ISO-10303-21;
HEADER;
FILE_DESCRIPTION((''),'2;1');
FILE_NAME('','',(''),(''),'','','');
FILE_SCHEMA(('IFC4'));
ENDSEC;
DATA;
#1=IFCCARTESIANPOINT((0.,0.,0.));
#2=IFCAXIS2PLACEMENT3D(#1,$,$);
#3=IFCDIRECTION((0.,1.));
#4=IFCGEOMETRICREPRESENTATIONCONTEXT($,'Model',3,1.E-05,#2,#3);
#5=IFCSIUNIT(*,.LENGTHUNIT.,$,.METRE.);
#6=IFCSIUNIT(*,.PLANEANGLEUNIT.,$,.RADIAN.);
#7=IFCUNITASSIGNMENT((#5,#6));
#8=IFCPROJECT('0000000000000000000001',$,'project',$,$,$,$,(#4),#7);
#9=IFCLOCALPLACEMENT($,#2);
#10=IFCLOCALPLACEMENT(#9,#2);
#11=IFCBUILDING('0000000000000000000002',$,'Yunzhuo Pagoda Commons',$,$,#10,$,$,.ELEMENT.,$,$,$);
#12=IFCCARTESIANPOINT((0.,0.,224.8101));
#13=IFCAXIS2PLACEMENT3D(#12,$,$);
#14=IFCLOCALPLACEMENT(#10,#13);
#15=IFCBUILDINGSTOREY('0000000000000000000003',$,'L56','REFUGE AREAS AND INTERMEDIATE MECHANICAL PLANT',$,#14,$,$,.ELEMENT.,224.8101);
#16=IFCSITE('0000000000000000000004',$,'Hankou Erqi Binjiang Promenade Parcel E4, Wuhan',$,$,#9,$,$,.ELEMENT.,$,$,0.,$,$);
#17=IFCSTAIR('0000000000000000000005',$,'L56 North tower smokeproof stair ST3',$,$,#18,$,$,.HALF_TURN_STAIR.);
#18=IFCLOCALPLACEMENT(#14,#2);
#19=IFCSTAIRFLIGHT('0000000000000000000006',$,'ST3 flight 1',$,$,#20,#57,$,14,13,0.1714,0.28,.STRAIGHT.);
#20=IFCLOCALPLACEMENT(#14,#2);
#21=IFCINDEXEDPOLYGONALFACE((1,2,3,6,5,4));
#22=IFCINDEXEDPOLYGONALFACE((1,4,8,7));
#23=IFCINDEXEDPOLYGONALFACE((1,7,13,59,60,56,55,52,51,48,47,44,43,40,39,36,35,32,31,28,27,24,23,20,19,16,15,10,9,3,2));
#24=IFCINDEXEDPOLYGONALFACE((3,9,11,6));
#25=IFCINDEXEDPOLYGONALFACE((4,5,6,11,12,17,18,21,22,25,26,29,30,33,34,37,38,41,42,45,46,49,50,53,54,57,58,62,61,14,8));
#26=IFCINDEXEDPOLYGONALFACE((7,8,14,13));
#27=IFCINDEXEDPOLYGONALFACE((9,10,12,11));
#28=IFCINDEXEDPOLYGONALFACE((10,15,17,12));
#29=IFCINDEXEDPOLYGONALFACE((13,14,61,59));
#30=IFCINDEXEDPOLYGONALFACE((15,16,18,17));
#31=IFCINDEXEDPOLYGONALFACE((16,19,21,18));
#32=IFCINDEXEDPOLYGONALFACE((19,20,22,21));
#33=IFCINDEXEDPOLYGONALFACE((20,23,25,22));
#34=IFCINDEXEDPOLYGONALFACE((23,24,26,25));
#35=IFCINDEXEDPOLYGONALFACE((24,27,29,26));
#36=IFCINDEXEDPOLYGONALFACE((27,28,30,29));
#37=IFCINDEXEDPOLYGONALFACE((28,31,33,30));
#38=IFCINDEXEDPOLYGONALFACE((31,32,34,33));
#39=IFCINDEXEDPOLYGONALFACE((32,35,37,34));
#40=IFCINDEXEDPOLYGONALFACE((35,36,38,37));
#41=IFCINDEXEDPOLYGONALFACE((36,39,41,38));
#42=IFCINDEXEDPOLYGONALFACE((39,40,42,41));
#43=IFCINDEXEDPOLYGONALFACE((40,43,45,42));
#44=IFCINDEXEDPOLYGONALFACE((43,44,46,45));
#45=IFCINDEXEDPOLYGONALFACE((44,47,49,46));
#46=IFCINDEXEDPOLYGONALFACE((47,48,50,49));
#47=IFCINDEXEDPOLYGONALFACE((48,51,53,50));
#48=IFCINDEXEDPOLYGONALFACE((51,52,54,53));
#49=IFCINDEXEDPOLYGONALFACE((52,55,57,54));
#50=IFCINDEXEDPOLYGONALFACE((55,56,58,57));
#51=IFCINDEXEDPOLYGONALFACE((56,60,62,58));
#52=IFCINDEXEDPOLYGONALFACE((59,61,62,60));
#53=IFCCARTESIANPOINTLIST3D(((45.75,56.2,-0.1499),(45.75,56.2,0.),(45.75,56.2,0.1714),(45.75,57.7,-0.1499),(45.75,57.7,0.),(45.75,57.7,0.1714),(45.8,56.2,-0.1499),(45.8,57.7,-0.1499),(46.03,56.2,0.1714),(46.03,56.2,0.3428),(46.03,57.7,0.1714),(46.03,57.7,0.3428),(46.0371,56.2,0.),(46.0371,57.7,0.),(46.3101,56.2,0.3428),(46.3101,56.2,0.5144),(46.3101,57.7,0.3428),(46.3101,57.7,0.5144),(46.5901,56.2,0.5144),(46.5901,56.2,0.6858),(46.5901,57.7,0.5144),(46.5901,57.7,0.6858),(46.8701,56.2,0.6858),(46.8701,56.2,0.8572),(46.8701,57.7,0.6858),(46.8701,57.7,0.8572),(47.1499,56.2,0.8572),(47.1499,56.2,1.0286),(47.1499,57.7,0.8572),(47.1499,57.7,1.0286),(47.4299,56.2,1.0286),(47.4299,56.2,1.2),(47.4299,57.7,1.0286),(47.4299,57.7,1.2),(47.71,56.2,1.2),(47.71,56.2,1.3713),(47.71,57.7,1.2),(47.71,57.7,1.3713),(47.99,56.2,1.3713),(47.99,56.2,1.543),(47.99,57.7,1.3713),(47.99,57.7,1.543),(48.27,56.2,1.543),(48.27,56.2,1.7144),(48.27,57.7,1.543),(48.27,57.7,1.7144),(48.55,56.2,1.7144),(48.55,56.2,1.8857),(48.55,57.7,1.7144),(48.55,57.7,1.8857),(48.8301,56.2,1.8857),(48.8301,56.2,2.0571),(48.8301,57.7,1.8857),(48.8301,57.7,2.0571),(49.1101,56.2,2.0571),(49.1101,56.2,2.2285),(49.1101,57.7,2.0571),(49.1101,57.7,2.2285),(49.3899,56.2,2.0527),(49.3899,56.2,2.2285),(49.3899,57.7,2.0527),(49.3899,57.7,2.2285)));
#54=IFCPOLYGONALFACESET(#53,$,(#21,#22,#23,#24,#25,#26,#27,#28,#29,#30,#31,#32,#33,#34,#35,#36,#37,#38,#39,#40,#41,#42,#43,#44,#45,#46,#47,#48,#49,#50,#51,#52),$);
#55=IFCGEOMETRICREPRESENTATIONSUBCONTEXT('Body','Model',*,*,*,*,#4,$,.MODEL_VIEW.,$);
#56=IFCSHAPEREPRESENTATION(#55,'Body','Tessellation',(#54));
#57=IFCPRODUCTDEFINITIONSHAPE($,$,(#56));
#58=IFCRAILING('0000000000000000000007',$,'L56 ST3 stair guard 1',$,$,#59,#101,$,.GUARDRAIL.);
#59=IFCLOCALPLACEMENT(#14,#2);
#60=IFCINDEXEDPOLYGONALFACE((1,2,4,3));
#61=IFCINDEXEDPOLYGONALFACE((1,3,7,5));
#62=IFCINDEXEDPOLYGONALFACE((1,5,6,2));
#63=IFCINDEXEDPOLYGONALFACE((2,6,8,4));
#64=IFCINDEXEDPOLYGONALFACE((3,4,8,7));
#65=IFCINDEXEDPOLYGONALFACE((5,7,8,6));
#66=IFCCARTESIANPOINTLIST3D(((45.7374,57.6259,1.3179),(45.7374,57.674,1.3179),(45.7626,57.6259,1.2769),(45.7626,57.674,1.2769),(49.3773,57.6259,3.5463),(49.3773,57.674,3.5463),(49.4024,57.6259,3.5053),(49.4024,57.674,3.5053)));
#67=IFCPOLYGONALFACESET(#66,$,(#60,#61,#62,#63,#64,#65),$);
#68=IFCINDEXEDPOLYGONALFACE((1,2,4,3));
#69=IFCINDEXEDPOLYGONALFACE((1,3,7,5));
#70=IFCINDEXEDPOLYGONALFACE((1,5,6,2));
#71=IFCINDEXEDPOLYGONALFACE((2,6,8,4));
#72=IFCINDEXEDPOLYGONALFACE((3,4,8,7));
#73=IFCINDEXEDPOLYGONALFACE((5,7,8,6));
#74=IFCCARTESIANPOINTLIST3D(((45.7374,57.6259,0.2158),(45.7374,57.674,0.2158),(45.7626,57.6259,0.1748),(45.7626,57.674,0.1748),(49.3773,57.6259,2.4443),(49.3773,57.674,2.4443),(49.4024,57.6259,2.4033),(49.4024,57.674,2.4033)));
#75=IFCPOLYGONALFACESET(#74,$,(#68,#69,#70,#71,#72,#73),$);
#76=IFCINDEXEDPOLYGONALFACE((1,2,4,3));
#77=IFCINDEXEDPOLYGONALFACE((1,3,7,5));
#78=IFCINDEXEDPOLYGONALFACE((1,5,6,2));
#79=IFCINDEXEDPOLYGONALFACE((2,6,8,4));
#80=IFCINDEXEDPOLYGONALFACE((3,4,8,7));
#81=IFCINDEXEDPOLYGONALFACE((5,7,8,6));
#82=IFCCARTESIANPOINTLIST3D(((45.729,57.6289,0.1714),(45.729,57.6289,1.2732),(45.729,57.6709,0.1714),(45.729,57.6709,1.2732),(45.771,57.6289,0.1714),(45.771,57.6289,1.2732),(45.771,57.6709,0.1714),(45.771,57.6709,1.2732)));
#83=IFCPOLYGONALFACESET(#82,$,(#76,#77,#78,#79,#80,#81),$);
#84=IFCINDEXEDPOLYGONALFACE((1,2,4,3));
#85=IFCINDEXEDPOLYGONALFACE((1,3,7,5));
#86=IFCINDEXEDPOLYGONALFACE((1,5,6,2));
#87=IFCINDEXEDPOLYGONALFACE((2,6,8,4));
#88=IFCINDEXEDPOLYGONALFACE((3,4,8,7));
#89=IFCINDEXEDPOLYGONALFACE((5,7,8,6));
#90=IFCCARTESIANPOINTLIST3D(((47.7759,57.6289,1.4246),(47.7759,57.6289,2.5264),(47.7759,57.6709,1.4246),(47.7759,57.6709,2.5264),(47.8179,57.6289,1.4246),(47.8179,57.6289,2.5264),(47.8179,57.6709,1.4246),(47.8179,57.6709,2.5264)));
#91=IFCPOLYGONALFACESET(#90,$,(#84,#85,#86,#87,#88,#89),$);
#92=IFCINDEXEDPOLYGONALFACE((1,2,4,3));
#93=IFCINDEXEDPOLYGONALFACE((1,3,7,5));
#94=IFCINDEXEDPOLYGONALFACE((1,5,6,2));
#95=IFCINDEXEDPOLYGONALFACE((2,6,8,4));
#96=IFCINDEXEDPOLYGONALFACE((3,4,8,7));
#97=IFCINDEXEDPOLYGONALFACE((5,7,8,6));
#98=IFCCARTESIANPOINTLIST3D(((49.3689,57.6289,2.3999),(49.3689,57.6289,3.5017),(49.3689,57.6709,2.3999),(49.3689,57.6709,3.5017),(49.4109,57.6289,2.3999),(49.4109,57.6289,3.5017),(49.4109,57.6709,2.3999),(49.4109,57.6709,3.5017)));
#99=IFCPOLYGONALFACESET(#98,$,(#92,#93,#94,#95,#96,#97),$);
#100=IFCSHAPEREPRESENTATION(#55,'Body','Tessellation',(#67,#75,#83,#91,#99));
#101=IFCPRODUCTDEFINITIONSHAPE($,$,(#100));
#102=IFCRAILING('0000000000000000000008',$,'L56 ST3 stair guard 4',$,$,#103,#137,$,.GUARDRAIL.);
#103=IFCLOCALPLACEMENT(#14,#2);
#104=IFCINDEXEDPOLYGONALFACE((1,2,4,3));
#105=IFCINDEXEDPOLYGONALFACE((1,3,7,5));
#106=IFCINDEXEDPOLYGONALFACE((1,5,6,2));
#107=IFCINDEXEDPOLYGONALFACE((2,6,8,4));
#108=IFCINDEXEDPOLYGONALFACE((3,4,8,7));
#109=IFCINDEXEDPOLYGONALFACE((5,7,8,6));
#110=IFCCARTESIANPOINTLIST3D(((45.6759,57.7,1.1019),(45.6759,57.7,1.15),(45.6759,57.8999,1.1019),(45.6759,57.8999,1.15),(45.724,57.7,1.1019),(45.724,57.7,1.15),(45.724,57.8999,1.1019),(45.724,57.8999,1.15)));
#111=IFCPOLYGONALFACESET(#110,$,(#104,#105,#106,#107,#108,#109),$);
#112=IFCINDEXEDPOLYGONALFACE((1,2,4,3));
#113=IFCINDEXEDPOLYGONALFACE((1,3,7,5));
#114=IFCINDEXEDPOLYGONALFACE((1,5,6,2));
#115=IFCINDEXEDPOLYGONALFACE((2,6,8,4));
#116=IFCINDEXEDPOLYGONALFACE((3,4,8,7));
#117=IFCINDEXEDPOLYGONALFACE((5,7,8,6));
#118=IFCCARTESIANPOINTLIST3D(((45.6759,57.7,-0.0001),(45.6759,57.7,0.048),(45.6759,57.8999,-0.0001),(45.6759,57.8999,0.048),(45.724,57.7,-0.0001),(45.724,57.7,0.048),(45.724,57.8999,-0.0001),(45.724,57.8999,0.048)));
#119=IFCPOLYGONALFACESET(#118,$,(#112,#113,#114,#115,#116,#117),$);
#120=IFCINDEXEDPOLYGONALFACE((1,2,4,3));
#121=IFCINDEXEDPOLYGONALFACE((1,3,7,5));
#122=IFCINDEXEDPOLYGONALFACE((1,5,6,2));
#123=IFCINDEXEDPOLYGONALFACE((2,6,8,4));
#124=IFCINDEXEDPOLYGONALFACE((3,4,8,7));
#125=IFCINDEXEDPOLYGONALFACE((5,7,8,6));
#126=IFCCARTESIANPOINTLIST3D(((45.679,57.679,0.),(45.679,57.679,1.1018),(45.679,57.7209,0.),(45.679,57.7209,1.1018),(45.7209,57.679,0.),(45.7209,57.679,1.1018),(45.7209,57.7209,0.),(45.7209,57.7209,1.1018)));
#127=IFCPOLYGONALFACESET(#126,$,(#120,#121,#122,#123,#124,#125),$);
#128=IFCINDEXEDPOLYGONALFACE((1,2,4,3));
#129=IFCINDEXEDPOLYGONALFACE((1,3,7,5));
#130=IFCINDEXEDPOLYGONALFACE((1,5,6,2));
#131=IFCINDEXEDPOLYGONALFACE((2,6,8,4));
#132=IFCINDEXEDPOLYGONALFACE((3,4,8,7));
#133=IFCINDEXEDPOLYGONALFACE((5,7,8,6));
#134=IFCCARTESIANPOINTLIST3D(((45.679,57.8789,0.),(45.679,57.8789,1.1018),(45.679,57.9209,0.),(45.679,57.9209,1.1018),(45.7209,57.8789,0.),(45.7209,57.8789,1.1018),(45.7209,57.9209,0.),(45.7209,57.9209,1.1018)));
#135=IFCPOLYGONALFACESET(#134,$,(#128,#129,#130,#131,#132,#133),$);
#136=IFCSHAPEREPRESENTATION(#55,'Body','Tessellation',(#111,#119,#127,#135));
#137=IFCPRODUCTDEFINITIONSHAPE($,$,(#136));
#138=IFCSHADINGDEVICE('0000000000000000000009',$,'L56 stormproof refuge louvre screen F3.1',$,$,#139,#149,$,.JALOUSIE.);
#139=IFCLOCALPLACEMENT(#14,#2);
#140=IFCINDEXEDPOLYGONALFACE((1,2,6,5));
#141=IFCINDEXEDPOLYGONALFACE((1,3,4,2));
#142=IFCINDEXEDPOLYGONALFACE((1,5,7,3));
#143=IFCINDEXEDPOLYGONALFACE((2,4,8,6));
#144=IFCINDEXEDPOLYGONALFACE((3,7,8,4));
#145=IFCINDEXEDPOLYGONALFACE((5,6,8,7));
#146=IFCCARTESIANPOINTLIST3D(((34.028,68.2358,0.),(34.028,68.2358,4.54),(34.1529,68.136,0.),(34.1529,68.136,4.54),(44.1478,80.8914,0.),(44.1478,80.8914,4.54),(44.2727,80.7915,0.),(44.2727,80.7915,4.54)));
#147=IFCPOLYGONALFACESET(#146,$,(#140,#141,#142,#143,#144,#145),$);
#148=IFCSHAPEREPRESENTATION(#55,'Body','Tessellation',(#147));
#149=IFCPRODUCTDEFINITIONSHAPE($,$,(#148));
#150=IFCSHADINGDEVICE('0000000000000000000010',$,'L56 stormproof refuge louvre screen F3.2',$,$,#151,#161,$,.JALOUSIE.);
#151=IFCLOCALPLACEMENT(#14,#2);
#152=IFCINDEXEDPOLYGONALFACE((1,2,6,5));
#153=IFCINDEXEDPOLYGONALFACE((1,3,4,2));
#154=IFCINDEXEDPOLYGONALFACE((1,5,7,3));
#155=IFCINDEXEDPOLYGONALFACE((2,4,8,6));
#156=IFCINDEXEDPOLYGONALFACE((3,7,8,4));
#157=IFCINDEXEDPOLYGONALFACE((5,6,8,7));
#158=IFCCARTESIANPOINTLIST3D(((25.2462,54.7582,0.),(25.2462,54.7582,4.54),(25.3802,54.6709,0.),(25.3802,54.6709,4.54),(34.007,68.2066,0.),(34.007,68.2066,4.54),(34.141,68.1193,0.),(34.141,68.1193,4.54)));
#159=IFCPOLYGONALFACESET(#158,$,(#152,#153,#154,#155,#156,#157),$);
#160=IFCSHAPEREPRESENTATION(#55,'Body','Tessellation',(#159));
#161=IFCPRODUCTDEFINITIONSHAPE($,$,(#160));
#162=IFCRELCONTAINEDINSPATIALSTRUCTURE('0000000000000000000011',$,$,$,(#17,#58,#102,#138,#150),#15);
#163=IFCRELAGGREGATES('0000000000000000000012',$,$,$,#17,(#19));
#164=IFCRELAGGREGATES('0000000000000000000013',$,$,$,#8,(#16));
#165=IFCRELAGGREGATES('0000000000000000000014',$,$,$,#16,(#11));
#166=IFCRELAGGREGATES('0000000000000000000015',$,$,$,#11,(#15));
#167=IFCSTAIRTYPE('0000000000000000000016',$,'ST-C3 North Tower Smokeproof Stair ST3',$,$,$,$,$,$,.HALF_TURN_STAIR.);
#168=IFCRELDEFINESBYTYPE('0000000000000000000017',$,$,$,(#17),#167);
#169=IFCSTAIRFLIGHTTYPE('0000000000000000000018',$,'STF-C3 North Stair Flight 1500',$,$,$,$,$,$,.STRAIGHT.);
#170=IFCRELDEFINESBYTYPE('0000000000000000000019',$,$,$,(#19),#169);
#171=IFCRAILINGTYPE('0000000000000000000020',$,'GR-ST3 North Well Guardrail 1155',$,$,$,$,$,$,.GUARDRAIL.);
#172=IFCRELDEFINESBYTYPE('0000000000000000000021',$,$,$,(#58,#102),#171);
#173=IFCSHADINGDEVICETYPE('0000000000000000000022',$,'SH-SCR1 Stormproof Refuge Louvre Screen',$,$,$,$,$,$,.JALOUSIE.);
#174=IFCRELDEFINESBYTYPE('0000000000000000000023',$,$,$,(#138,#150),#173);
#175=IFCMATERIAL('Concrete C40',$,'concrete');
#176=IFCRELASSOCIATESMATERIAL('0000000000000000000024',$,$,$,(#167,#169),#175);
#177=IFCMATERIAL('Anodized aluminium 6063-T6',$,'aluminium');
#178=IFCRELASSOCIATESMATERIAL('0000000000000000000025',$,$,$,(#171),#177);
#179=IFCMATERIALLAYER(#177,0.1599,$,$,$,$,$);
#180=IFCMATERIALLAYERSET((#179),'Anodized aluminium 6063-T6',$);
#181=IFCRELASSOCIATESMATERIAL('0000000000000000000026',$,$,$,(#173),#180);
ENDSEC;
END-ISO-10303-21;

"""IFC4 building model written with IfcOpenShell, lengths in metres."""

from ifc_helpers import new_model, si_unit, direction, frame, origin, origin_2d, place, context, subcontext, project, spatial, polyline, rectangle, outline, extrude, source, transform, mapped, material, layer, layer_set, type_object, element, aggregate, save


model = new_model("IFC4")

# Units and contexts
model_context = context("Model", 3, precision=1e-05, world=origin(), true_north=direction((0.0, 1.0)))
body_context = subcontext(model_context, "Body", "Model", "MODEL_VIEW")
ifc_project = project(units=[si_unit("LENGTHUNIT", "METRE"), si_unit("PLANEANGLEUNIT", "RADIAN")], contexts=[model_context])

# Site, building, storey
site_placement = place(None, origin())
site = spatial("IfcSite", under=ifc_project, at=site_placement, Name="Hankou Erqi Binjiang Promenade Parcel E4, Wuhan", CompositionType="ELEMENT", RefElevation=0.0)
building_placement = place(site_placement, origin())
building = spatial("IfcBuilding", under=site, at=building_placement, Name="Yunzhuo Pagoda Commons", CompositionType="ELEMENT")
storey_placement = place(building_placement, frame((0.0, 0.0, 224.8101)))
storey = spatial("IfcBuildingStorey", under=building, at=storey_placement, Name="L56", Description="REFUGE AREAS AND INTERMEDIATE MECHANICAL PLANT", CompositionType="ELEMENT", Elevation=224.8101)

# Stair, stair flight
ifc_material_1 = material(Name="Concrete C40", Category="concrete")
stair_type = type_object("IfcStairType", Name="ST-C3 North Tower Smokeproof Stair ST3", PredefinedType="HALF_TURN_STAIR", material=ifc_material_1)
stair_placement = place(storey_placement, origin())
stair = element("IfcStair", 1, at=stair_placement, inside=storey, type_object=stair_type, Name="L56 North tower smokeproof stair ST3", PredefinedType="HALF_TURN_STAIR")
stair_flight_type = type_object("IfcStairFlightType", Name="STF-C3 North Stair Flight 1500", PredefinedType="STRAIGHT", material=ifc_material_1)
shared_shape_1 = source(origin(), body_context, "Body", "SweptSolid", [
    extrude(outline(polyline([(0.0, -0.1499), (0.0, 0.0), (0.0, 0.1714), (0.28, 0.1714), (0.28, 0.3428), (0.5601, 0.3428), (0.5601, 0.5144), (0.8401, 0.5144), (0.8401, 0.6858), (1.1201, 0.6858), (1.1201, 0.8572), (1.3999, 0.8572), (1.3999, 1.0286), (1.6799, 1.0286), (1.6799, 1.2), (1.96, 1.2), (1.96, 1.3713), (2.24, 1.3713), (2.24, 1.543), (2.52, 1.543), (2.52, 1.7144), (2.8, 1.7144), (2.8, 1.8857), (3.0801, 1.8857), (3.0801, 2.0571), (3.3601, 2.0571), (3.3601, 2.2285), (3.6399, 2.2285), (3.6399, 2.3999), (3.6399, 2.0527), (0.2871, 0.0), (0.05, -0.1499), (0.0, -0.1499)])), frame((0.0, 0.75, 0.0), z_axis=(0.0, -1.0, 0.0), x_axis=(1.0, 0.0, 0.0)), (0.0, 0.0, 1.0), 1.5),
])
stair_flight_placement = place(storey_placement, frame((45.75, 56.95, 0.0), z_axis=(0.0, 0.0, 1.0), x_axis=(1.0, 0.0, 0.0)))
stair_flight = element("IfcStairFlight", 2, at=stair_flight_placement, type_object=stair_flight_type, Name="ST3 flight 1", NumberOfRisers=14, NumberOfTreads=13, PredefinedType="STRAIGHT", RiserHeight=0.1714, TreadLength=0.28, context=body_context, shape_type="MappedRepresentation", body=[
    mapped(shared_shape_1, transform((0.0, 0.0, 0.0), scale=1.0)),
])
aggregate(stair, [stair_flight])

# Railings
ifc_material_2 = material(Name="Anodized aluminium 6063-T6", Category="aluminium")
railing_type = type_object("IfcRailingType", Name="GR-ST3 North Well Guardrail 1155", PredefinedType="GUARDRAIL", material=ifc_material_2)
railing_1_placement = place(storey_placement, frame((45.75, 57.6499, 0.1714)))
element("IfcRailing", 3, at=railing_1_placement, inside=storey, type_object=railing_type, Name="L56 ST3 stair guard 1", PredefinedType="GUARDRAIL", context=body_context, shape_type="SweptSolid", body=[
    extrude(rectangle(XDim=0.0481, YDim=0.0481, at=origin_2d()), frame((0.0, 0.0, 1.126), z_axis=(0.85285, 0.0, 0.522156), x_axis=(0.0, 1.0, 0.0)), (0.0, 0.0, 1.0), 4.2678),
    extrude(rectangle(XDim=0.0481, YDim=0.0481, at=origin_2d()), frame((0.0, 0.0, 0.0239), z_axis=(0.85285, 0.0, 0.522156), x_axis=(0.0, 1.0, 0.0)), (0.0, 0.0, 1.0), 4.2678),
    extrude(rectangle(XDim=0.042, YDim=0.042, at=origin_2d()), origin(), (0.0, 0.0, 1.0), 1.1018),
    extrude(rectangle(XDim=0.042, YDim=0.042, at=origin_2d()), frame((2.0469, 0.0, 1.2532)), (0.0, 0.0, 1.0), 1.1018),
    extrude(rectangle(XDim=0.042, YDim=0.042, at=origin_2d()), frame((3.6399, 0.0, 2.2285)), (0.0, 0.0, 1.0), 1.1018),
])
railing_2_placement = place(storey_placement, frame((45.7, 57.7, 0.0)))
element("IfcRailing", 4, at=railing_2_placement, inside=storey, type_object=railing_type, Name="L56 ST3 stair guard 4", PredefinedType="GUARDRAIL", context=body_context, shape_type="SweptSolid", body=[
    extrude(rectangle(XDim=0.0481, YDim=0.0481, at=origin_2d()), frame((0.0, 0.0, 1.126), z_axis=(0.0, 1.0, 0.0), x_axis=(-1.0, 0.0, 0.0)), (0.0, 0.0, 1.0), 0.2),
    extrude(rectangle(XDim=0.0481, YDim=0.0481, at=origin_2d()), frame((0.0, 0.0, 0.0239), z_axis=(0.0, 1.0, 0.0), x_axis=(-1.0, 0.0, 0.0)), (0.0, 0.0, 1.0), 0.2),
    extrude(rectangle(XDim=0.042, YDim=0.042, at=origin_2d()), origin(), (0.0, 0.0, 1.0), 1.1018),
    extrude(rectangle(XDim=0.042, YDim=0.042, at=origin_2d()), frame((0.0, 0.2, 0.0)), (0.0, 0.0, 1.0), 1.1018),
])

# Shading devices
ifc_layer_1 = layer(ifc_material_2, 0.1599)
ifc_layer_set_1 = layer_set([ifc_layer_1], Name="Anodized aluminium 6063-T6")
shading_device_type = type_object("IfcShadingDeviceType", Name="SH-SCR1 Stormproof Refuge Louvre Screen", PredefinedType="JALOUSIE", material=ifc_layer_set_1)
shared_shape_2 = source(origin(), body_context, "Body", "SweptSolid", [
    extrude(rectangle(XDim=16.2041, YDim=0.1599, at=origin_2d()), origin(), (0.0, 0.0, 1.0), 4.54),
])
shading_device_1_placement = place(storey_placement, frame((39.1504, 74.5137, 0.0), z_axis=(0.0, 0.0, 1.0), x_axis=(-0.62452, -0.781008, 0.0)))
element("IfcShadingDevice", 5, at=shading_device_1_placement, inside=storey, type_object=shading_device_type, Name="L56 stormproof refuge louvre screen F3.1", PredefinedType="JALOUSIE", context=body_context, shape_type="MappedRepresentation", body=[
    mapped(shared_shape_2, transform((0.0, 0.0, 0.0), scale=1.0)),
])
shared_shape_3 = source(origin(), body_context, "Body", "SweptSolid", [
    extrude(rectangle(XDim=16.0503, YDim=0.1599, at=origin_2d()), origin(), (0.0, 0.0, 1.0), 4.54),
])
shading_device_2_placement = place(storey_placement, frame((29.6936, 61.4387, 0.0), z_axis=(0.0, 0.0, 1.0), x_axis=(-0.545839, -0.83789, 0.0)))
element("IfcShadingDevice", 6, at=shading_device_2_placement, inside=storey, type_object=shading_device_type, Name="L56 stormproof refuge louvre screen F3.2", PredefinedType="JALOUSIE", context=body_context, shape_type="MappedRepresentation", body=[
    mapped(shared_shape_3, transform((0.0, 0.0, 0.0), scale=1.0)),
])

save(model, "model.ifc")
